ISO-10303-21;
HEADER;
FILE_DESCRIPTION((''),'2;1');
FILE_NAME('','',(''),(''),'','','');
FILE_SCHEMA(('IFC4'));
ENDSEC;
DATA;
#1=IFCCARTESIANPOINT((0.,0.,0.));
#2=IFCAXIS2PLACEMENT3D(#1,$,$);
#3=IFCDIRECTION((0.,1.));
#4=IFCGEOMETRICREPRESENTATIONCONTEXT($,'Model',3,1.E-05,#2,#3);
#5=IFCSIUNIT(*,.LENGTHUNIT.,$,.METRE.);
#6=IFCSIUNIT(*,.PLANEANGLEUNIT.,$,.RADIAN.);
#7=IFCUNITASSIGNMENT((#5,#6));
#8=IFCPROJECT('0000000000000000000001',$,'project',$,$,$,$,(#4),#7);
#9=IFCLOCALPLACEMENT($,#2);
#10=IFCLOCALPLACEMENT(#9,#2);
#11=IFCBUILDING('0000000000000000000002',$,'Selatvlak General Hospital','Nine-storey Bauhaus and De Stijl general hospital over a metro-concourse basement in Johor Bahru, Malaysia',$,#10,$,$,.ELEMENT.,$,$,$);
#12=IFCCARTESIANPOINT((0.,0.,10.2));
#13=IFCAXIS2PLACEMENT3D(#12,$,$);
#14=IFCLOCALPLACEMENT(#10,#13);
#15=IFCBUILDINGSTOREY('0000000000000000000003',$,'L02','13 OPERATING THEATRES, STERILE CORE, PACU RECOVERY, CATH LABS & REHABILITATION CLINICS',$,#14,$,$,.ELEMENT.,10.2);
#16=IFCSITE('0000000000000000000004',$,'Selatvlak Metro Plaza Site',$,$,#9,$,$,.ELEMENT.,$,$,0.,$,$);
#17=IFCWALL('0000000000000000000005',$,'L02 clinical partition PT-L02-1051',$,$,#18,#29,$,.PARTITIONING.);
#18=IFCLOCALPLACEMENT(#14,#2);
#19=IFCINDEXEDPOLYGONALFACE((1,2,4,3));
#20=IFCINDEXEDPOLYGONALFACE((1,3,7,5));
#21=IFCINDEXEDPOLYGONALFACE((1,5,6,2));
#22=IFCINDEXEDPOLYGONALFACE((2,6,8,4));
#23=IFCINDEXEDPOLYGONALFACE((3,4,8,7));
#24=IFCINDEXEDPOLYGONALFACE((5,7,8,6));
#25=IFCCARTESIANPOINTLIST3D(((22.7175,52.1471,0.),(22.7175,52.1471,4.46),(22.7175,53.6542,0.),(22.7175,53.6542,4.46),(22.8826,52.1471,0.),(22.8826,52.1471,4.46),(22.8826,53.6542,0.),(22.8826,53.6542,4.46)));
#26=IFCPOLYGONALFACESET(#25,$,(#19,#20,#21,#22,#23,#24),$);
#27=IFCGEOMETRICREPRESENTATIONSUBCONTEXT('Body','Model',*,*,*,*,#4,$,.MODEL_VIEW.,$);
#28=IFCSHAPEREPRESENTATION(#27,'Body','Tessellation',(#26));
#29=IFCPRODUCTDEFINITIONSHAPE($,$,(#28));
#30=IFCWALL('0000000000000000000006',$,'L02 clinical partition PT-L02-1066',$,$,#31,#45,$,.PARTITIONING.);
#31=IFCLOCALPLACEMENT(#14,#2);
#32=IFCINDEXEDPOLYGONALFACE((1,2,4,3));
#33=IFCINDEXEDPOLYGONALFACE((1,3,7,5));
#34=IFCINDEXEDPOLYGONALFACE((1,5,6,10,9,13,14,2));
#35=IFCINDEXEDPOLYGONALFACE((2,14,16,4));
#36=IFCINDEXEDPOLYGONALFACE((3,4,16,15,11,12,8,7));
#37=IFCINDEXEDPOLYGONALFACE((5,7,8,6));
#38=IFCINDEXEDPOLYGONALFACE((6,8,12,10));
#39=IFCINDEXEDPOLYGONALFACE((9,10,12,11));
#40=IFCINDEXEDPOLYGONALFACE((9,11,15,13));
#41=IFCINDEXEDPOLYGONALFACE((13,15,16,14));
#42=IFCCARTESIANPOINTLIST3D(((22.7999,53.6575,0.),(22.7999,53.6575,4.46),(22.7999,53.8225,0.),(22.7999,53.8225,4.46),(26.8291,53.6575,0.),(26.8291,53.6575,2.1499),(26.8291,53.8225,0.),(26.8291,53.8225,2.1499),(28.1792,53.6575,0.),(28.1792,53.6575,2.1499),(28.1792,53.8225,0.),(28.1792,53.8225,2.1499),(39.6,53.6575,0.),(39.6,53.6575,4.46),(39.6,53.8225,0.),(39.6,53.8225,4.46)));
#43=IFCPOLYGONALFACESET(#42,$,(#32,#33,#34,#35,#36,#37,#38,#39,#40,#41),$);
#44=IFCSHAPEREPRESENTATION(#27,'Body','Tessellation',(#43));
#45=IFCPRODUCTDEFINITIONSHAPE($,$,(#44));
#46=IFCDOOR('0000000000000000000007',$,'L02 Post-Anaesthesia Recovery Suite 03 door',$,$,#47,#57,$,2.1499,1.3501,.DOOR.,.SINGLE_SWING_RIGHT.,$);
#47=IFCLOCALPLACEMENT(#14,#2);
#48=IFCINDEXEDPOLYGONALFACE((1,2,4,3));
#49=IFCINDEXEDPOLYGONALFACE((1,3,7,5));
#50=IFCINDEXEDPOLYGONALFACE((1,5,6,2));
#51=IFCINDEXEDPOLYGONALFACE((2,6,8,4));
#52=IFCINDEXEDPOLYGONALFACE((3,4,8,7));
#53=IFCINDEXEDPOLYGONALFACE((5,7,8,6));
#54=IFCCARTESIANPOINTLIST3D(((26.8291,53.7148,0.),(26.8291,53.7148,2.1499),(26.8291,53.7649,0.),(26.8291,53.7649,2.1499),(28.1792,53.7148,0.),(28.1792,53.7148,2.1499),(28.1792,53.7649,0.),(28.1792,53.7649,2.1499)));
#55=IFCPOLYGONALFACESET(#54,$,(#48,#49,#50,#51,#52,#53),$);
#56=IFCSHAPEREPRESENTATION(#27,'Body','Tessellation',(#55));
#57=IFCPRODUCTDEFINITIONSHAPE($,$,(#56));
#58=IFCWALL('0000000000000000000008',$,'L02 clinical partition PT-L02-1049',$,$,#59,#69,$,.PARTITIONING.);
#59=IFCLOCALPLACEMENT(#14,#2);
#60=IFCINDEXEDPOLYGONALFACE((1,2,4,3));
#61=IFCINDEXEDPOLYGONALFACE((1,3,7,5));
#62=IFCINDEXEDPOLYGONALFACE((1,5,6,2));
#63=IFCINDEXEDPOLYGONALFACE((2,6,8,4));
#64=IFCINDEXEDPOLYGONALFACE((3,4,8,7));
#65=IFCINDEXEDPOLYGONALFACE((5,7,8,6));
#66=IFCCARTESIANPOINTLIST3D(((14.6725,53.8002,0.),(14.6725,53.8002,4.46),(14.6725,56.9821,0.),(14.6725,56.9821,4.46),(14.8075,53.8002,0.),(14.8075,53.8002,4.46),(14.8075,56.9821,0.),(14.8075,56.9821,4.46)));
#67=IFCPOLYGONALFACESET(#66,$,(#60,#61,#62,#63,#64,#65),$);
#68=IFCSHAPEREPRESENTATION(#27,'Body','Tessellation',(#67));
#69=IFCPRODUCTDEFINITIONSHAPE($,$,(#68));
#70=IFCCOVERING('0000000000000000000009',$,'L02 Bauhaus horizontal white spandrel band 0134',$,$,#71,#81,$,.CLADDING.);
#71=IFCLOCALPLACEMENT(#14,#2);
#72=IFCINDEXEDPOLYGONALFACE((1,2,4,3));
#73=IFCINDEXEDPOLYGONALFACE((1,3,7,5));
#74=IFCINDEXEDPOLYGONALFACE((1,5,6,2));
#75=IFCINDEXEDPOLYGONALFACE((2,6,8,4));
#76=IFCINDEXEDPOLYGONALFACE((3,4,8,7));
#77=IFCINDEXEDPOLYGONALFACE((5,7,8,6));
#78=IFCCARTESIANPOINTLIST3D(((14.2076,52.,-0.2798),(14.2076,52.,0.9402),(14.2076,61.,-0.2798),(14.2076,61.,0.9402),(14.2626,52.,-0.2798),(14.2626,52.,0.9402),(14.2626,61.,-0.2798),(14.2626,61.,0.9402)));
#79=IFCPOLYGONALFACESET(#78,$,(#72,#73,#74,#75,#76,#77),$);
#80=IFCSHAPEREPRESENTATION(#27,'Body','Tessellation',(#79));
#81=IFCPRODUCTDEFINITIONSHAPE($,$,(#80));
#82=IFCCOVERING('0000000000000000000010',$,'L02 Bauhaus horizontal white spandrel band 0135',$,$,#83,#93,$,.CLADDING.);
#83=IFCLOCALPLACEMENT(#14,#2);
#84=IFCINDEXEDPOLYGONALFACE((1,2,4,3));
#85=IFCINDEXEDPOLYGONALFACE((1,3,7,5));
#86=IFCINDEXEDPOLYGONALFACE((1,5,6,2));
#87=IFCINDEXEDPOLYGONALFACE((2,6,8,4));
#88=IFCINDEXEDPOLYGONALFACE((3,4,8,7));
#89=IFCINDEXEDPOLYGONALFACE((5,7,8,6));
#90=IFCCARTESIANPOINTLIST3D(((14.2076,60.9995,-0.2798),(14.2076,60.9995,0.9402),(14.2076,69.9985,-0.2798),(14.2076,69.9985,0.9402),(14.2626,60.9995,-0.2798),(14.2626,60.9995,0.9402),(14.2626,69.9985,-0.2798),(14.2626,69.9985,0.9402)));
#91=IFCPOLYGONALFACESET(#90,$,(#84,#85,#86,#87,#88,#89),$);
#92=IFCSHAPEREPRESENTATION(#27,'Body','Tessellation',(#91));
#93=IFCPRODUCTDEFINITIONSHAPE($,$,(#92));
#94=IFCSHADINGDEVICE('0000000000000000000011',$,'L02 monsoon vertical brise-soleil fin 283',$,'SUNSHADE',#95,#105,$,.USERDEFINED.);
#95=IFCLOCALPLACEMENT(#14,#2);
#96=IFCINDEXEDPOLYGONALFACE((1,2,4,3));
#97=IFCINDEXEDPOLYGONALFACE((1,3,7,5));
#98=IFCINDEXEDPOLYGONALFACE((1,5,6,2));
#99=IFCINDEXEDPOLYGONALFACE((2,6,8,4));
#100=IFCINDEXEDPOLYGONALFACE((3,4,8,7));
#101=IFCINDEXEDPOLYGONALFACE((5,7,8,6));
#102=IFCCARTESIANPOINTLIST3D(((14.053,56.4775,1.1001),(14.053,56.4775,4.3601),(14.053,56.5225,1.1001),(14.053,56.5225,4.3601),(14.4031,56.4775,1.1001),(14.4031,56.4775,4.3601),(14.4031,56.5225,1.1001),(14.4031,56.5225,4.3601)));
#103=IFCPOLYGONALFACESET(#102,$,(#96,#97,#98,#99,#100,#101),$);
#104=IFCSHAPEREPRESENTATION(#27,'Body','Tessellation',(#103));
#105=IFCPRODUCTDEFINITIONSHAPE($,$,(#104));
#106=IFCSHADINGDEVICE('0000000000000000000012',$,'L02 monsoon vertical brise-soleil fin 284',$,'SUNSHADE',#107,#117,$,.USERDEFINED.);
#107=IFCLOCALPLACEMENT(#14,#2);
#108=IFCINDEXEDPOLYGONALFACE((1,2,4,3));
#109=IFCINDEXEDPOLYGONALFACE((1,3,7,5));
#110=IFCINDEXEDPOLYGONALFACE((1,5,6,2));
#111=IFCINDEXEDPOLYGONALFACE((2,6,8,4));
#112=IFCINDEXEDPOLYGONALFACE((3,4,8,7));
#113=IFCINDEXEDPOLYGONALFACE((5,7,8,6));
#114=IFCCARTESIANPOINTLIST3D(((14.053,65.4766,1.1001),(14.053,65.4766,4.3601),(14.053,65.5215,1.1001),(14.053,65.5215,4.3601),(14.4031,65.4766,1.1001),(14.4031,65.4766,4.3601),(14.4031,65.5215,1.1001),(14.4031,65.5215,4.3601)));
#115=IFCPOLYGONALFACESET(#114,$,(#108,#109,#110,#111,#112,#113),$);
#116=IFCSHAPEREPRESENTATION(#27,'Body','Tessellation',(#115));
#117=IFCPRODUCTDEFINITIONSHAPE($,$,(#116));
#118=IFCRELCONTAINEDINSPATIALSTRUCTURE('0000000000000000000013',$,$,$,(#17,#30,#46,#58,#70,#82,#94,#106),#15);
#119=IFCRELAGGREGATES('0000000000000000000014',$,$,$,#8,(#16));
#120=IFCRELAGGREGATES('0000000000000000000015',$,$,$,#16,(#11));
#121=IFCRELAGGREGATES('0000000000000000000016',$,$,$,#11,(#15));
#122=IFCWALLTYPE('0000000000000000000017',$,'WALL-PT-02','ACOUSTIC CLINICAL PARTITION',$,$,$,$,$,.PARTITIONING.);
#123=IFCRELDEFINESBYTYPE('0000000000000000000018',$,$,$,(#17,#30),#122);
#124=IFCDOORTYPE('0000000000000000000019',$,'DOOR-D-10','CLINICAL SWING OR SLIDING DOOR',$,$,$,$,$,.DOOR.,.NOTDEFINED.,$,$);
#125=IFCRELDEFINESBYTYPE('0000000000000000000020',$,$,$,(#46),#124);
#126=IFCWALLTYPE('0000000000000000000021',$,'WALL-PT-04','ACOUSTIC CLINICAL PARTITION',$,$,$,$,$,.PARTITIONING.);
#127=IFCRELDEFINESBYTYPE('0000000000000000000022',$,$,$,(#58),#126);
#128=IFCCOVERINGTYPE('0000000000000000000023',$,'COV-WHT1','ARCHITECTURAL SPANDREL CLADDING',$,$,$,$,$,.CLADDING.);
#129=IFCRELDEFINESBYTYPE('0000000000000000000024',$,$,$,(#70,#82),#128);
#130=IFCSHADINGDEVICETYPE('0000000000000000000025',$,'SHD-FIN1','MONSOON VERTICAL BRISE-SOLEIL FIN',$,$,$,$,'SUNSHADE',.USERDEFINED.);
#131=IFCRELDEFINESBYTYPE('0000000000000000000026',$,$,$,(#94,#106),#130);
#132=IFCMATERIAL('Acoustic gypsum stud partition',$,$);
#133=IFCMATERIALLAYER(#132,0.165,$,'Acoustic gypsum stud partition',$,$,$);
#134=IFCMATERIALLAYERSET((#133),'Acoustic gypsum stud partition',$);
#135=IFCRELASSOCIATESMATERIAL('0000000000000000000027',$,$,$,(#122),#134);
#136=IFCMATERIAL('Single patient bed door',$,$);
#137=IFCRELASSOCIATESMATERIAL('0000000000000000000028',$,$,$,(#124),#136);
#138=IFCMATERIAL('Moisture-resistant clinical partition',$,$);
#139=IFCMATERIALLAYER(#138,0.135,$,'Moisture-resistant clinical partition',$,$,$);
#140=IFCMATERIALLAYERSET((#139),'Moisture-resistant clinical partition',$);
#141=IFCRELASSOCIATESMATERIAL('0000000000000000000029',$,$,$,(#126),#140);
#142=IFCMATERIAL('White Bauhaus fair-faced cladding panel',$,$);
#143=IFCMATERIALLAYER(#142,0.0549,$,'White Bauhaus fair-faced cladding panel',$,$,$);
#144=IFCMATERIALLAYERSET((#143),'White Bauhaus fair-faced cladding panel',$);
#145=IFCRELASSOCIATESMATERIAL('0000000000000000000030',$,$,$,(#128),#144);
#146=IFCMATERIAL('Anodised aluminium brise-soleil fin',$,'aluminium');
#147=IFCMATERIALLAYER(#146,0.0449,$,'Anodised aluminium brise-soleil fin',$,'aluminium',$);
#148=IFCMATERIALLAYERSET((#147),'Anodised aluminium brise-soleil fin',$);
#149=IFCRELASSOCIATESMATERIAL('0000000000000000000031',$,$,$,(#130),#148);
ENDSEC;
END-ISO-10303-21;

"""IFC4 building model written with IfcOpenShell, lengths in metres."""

from ifc_helpers import new_model, si_unit, direction, frame, frame_2d, origin, origin_2d, place, context, subcontext, project, spatial, rectangle, extrude, material, layer, layer_set, type_object, element, fill, save


model = new_model("IFC4")

# Units and contexts
model_context = context("Model", 3, precision=1e-05, world=origin(), true_north=direction((0.0, 1.0)))
body_context = subcontext(model_context, "Body", "Model", "MODEL_VIEW")
ifc_project = project(units=[si_unit("LENGTHUNIT", "METRE"), si_unit("PLANEANGLEUNIT", "RADIAN")], contexts=[model_context])

# Site, building, storey
site_placement = place(None, origin())
site = spatial("IfcSite", under=ifc_project, at=site_placement, Name="Selatvlak Metro Plaza Site", CompositionType="ELEMENT", RefElevation=0.0)
building_placement = place(site_placement, origin())
building = spatial("IfcBuilding", under=site, at=building_placement, Name="Selatvlak General Hospital", Description="Nine-storey Bauhaus and De Stijl general hospital over a metro-concourse basement in Johor Bahru, Malaysia", CompositionType="ELEMENT")
storey_placement = place(building_placement, frame((0.0, 0.0, 10.2)))
storey = spatial("IfcBuildingStorey", under=building, at=storey_placement, Name="L02", Description="13 OPERATING THEATRES, STERILE CORE, PACU RECOVERY, CATH LABS & REHABILITATION CLINICS", CompositionType="ELEMENT", Elevation=10.2)

# Shared definitions
ifc_material_1 = material(Name="Acoustic gypsum stud partition")

# Wall
ifc_layer_1 = layer(ifc_material_1, 0.165, Name="Acoustic gypsum stud partition")
ifc_layer_set_1 = layer_set([ifc_layer_1], Name="Acoustic gypsum stud partition")
wall_type_1 = type_object("IfcWallType", Name="WALL-PT-02", Description="ACOUSTIC CLINICAL PARTITION", PredefinedType="PARTITIONING", material=ifc_layer_set_1)
wall_1_placement = place(storey_placement, frame((22.8, 53.6541, 0.0), z_axis=(0.0, 0.0, 1.0), x_axis=(0.0, -1.0, 0.0)))
element("IfcWall", 1, at=wall_1_placement, inside=storey, type_object=wall_type_1, Name="L02 clinical partition PT-L02-1051", PredefinedType="PARTITIONING", context=body_context, shape_type="SweptSolid", body=[
    extrude(rectangle(XDim=1.5071, YDim=0.165, at=frame_2d((0.7534, 0.0))), origin(), (0.0, 0.0, 1.0), 4.46),
])

# Wall, opening, door
wall_2_placement = place(storey_placement, frame((22.8, 53.74, 0.0), z_axis=(0.0, 0.0, 1.0), x_axis=(1.0, 0.0, 0.0)))
wall_2 = element("IfcWall", 2, at=wall_2_placement, inside=storey, type_object=wall_type_1, Name="L02 clinical partition PT-L02-1066", PredefinedType="PARTITIONING", context=body_context, shape_type="SweptSolid", body=[
    extrude(rectangle(XDim=16.8, YDim=0.165, at=frame_2d((8.3999, 0.0))), origin(), (0.0, 0.0, 1.0), 4.46),
])
opening_1_placement = place(wall_2_placement, frame((4.0291, 0.0, 0.0)))
opening_1 = element("IfcOpeningElement", 3, at=opening_1_placement, cuts=wall_2, PredefinedType="OPENING", context=body_context, shape_type="SweptSolid", body=[
    extrude(rectangle(XDim=1.3501, YDim=2.1499, at=frame_2d((0.675, 1.075))), frame((0.0, 0.0925, 0.0), z_axis=(0.0, -1.0, 0.0), x_axis=(1.0, 0.0, 0.0)), (0.0, 0.0, 1.0), 0.1851),
])
ifc_material_2 = material(Name="Single patient bed door")
door_type_1 = type_object("IfcDoorType", Name="DOOR-D-10", Description="CLINICAL SWING OR SLIDING DOOR", OperationType="NOTDEFINED", PredefinedType="DOOR", material=ifc_material_2)
door_1_placement = place(opening_1_placement, origin())
door_1 = element("IfcDoor", 4, at=door_1_placement, inside=storey, type_object=door_type_1, Name="L02 Post-Anaesthesia Recovery Suite 03 door", OperationType="SINGLE_SWING_RIGHT", OverallHeight=2.1499, OverallWidth=1.3501, PredefinedType="DOOR", context=body_context, shape_type="SweptSolid", body=[
    extrude(rectangle(XDim=1.3501, YDim=2.1499, at=frame_2d((0.675, 1.075))), frame((0.0, 0.0249, 0.0), z_axis=(0.0, -1.0, 0.0), x_axis=(1.0, 0.0, 0.0)), (0.0, 0.0, 1.0), 0.05),
])
fill(opening_1, door_1)

# Wall
ifc_material_3 = material(Name="Moisture-resistant clinical partition")
ifc_layer_2 = layer(ifc_material_3, 0.135, Name="Moisture-resistant clinical partition")
ifc_layer_set_2 = layer_set([ifc_layer_2], Name="Moisture-resistant clinical partition")
wall_type_2 = type_object("IfcWallType", Name="WALL-PT-04", Description="ACOUSTIC CLINICAL PARTITION", PredefinedType="PARTITIONING", material=ifc_layer_set_2)
wall_3_placement = place(storey_placement, frame((14.74, 56.9819, 0.0), z_axis=(0.0, 0.0, 1.0), x_axis=(0.0, -1.0, 0.0)))
element("IfcWall", 5, at=wall_3_placement, inside=storey, type_object=wall_type_2, Name="L02 clinical partition PT-L02-1049", PredefinedType="PARTITIONING", context=body_context, shape_type="SweptSolid", body=[
    extrude(rectangle(XDim=3.1819, YDim=0.135, at=frame_2d((1.5908, 0.0))), origin(), (0.0, 0.0, 1.0), 4.46),
])

# Coverings
ifc_material_4 = material(Name="White Bauhaus fair-faced cladding panel")
ifc_layer_3 = layer(ifc_material_4, 0.0549, Name="White Bauhaus fair-faced cladding panel")
ifc_layer_set_3 = layer_set([ifc_layer_3], Name="White Bauhaus fair-faced cladding panel")
covering_type = type_object("IfcCoveringType", Name="COV-WHT1", Description="ARCHITECTURAL SPANDREL CLADDING", PredefinedType="CLADDING", material=ifc_layer_set_3)
covering_1_placement = place(storey_placement, frame((14.2351, 56.5, -0.2798), z_axis=(0.0, 0.0, 1.0), x_axis=(0.0, 1.0, 0.0)))
element("IfcCovering", 6, at=covering_1_placement, inside=storey, type_object=covering_type, Name="L02 Bauhaus horizontal white spandrel band 0134", PredefinedType="CLADDING", context=body_context, shape_type="SweptSolid", body=[
    extrude(rectangle(XDim=9.0, YDim=0.0549, at=origin_2d()), origin(), (0.0, 0.0, 1.0), 1.22),
])
covering_2_placement = place(storey_placement, frame((14.2351, 65.499, -0.2798), z_axis=(0.0, 0.0, 1.0), x_axis=(0.0, 1.0, 0.0)))
element("IfcCovering", 7, at=covering_2_placement, inside=storey, type_object=covering_type, Name="L02 Bauhaus horizontal white spandrel band 0135", PredefinedType="CLADDING", context=body_context, shape_type="SweptSolid", body=[
    extrude(rectangle(XDim=8.999, YDim=0.0549, at=origin_2d()), origin(), (0.0, 0.0, 1.0), 1.22),
])

# Shading devices
ifc_material_5 = material(Name="Anodised aluminium brise-soleil fin", Category="aluminium")
ifc_layer_4 = layer(ifc_material_5, 0.0449, Name="Anodised aluminium brise-soleil fin", Category="aluminium")
ifc_layer_set_4 = layer_set([ifc_layer_4], Name="Anodised aluminium brise-soleil fin")
shading_device_type = type_object("IfcShadingDeviceType", Name="SHD-FIN1", Description="MONSOON VERTICAL BRISE-SOLEIL FIN", ElementType="SUNSHADE", PredefinedType="USERDEFINED", material=ifc_layer_set_4)
for number, where, z_axis, x_axis, name in (
    (8, (14.228, 56.5, 1.1001), (0.0, 0.0, 1.0), (-1.0, 0.0, 0.0), "L02 monsoon vertical brise-soleil fin 283"),
    (9, (14.228, 65.499, 1.1001), (0.0, 0.0, 1.0), (-1.0, 0.0, 0.0), "L02 monsoon vertical brise-soleil fin 284"),
):
    element("IfcShadingDevice", number, at=place(storey_placement, frame(where, z_axis=z_axis, x_axis=x_axis)), inside=storey, type_object=shading_device_type, Name=name, ObjectType="SUNSHADE", PredefinedType="USERDEFINED", context=body_context, shape_type="SweptSolid", body=[
        extrude(rectangle(XDim=0.3501, YDim=0.0449, at=origin_2d()), origin(), (0.0, 0.0, 1.0), 3.26),
    ])

save(model, "model.ifc")
